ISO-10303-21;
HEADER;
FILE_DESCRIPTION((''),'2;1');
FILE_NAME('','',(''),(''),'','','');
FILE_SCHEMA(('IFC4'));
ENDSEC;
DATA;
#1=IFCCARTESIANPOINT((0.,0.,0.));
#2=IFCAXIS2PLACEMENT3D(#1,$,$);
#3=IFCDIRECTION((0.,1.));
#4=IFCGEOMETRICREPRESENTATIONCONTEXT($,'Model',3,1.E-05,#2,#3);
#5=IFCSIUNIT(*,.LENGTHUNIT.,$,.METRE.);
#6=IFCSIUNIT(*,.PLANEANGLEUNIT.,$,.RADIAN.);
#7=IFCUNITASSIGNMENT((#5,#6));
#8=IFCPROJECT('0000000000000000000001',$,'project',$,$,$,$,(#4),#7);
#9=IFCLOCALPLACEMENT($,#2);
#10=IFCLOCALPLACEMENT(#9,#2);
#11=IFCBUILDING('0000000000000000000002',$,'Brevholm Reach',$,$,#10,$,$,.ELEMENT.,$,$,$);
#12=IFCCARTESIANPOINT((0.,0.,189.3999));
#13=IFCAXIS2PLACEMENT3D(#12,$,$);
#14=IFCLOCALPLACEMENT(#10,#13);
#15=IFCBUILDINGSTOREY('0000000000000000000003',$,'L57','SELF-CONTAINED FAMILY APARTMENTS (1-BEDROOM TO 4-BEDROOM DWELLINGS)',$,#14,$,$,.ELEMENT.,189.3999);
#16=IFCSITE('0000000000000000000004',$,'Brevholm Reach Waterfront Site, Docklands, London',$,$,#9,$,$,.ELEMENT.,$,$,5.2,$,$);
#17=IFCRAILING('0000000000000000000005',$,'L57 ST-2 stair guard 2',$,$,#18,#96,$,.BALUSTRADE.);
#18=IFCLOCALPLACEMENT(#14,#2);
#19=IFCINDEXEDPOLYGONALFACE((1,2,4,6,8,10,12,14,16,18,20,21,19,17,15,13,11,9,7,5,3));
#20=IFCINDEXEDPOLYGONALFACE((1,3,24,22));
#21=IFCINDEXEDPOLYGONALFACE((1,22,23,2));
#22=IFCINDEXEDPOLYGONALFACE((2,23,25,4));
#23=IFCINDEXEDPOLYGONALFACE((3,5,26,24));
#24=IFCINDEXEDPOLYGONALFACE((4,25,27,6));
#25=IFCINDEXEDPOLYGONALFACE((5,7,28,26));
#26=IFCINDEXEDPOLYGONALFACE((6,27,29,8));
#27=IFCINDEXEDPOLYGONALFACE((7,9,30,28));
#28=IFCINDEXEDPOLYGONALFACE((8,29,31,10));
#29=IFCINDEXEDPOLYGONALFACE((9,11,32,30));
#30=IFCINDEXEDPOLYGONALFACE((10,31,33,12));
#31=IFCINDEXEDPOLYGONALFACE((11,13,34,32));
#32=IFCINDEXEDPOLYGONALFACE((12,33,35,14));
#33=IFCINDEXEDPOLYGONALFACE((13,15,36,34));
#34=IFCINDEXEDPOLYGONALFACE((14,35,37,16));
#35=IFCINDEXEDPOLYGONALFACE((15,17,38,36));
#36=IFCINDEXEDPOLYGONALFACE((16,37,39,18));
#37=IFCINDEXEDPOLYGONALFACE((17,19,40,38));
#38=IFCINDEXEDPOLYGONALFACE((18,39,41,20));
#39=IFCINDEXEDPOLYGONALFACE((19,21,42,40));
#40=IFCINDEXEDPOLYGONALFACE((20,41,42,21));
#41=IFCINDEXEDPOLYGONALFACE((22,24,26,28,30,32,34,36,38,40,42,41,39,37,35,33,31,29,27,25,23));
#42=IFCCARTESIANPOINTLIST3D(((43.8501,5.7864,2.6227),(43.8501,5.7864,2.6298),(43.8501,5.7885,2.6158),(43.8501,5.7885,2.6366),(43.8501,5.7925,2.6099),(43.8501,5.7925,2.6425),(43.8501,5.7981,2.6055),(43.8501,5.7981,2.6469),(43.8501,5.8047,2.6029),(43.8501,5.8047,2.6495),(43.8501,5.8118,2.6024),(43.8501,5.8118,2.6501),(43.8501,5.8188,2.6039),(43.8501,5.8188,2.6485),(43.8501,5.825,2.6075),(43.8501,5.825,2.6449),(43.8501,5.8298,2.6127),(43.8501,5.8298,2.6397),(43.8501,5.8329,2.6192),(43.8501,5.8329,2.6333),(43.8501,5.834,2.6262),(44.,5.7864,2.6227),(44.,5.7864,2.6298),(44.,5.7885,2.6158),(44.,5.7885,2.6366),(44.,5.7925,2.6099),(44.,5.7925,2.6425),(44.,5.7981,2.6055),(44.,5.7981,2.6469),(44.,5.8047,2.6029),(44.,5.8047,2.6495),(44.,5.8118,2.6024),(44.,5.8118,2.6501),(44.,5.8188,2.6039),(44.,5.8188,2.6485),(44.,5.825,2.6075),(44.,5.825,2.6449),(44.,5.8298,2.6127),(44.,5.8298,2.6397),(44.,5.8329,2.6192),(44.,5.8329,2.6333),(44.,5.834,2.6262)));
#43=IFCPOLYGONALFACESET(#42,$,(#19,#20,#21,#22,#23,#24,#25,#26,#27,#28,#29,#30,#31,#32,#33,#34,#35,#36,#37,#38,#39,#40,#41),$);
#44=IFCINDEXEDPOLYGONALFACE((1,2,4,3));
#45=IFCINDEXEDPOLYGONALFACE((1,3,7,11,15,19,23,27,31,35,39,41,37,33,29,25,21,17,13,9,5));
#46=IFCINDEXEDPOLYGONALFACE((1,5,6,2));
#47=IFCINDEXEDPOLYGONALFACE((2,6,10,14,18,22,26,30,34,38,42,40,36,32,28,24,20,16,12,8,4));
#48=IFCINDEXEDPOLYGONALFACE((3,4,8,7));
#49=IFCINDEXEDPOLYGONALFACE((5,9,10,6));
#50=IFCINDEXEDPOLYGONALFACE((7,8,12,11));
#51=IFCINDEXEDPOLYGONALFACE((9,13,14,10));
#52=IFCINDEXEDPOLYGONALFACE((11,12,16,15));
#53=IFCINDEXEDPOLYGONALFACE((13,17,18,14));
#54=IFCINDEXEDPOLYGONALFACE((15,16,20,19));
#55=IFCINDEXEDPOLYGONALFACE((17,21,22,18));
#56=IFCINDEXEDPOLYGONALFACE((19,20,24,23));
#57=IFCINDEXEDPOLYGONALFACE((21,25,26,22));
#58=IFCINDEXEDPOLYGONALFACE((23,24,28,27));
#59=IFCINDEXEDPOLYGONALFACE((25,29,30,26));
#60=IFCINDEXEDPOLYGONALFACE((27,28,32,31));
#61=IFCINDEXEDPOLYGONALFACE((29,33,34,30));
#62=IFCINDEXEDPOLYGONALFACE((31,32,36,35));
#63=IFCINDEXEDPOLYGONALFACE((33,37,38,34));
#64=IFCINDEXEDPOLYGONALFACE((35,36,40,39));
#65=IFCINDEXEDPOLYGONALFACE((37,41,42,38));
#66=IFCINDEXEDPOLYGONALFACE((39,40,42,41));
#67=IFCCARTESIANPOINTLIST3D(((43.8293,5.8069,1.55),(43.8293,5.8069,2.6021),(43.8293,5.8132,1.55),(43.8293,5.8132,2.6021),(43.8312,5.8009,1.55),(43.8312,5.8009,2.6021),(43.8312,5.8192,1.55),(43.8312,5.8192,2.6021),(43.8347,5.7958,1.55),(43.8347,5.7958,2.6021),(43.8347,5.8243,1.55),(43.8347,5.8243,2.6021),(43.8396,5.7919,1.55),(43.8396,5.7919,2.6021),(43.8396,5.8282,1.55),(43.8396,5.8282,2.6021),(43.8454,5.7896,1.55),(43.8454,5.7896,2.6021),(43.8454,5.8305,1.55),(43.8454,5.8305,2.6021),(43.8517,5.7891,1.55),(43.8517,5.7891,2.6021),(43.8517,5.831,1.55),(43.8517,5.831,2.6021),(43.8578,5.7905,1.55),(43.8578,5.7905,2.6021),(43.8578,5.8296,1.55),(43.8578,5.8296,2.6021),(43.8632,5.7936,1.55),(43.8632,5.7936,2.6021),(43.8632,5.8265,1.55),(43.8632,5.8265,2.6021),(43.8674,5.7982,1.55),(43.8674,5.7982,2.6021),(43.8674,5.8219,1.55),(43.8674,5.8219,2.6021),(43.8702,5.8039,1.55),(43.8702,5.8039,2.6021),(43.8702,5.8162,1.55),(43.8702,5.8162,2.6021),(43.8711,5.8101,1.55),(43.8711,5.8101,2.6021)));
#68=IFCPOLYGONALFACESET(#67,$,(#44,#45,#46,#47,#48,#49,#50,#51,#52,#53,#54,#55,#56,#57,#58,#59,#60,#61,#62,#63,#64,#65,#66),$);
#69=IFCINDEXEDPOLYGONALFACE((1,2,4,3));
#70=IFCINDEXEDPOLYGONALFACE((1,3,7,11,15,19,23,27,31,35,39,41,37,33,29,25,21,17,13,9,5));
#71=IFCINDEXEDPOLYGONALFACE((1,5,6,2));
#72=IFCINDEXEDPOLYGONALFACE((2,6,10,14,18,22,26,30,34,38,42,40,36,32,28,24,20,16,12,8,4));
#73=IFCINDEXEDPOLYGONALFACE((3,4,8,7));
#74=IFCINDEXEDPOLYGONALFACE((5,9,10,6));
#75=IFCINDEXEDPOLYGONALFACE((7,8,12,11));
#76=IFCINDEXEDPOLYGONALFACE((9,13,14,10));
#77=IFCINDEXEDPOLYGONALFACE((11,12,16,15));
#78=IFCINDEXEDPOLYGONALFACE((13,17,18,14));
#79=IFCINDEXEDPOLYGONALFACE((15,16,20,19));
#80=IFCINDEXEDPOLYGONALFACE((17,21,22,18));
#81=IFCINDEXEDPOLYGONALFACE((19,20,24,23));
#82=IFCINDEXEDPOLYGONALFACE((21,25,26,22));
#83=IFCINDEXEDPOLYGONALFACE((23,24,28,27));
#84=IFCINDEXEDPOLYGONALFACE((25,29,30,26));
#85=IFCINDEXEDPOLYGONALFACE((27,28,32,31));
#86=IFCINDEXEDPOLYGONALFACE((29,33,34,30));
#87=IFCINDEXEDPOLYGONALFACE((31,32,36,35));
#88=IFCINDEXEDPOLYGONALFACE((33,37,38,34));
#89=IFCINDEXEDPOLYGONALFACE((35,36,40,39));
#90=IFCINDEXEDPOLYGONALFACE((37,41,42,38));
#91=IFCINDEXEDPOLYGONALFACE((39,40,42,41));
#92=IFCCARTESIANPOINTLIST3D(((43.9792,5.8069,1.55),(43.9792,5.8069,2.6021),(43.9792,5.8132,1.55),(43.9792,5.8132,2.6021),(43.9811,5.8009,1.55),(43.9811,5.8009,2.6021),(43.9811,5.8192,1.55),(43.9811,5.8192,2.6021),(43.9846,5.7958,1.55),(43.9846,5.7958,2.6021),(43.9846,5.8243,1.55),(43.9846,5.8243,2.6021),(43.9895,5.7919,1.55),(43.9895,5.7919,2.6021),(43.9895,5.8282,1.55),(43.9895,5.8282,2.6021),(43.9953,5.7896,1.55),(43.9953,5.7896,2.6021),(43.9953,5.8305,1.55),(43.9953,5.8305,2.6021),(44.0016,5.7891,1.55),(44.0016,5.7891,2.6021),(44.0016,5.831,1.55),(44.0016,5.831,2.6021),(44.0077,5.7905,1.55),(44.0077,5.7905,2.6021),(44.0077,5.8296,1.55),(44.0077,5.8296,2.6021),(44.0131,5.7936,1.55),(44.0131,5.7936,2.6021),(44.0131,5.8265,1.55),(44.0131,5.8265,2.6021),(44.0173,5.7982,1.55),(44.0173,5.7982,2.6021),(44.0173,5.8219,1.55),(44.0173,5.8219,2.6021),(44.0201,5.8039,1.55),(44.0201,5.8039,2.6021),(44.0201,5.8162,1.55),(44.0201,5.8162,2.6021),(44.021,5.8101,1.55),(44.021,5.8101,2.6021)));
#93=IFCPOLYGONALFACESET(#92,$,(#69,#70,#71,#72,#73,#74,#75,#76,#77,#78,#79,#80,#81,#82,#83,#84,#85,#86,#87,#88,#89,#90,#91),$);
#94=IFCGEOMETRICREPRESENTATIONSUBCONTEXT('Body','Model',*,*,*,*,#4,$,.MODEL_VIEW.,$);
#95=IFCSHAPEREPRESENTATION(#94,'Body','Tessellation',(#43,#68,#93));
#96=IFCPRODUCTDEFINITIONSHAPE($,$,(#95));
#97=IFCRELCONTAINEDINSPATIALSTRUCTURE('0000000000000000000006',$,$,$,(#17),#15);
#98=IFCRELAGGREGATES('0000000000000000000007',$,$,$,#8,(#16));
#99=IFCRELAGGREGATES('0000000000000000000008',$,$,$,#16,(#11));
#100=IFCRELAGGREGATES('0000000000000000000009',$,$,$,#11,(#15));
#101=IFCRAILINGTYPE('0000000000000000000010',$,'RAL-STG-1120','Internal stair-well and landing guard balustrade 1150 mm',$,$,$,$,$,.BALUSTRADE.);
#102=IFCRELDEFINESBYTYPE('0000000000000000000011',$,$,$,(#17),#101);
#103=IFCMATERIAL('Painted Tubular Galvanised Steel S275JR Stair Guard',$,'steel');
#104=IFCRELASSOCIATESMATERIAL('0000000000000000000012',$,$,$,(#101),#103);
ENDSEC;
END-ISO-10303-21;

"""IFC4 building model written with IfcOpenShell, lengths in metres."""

from ifc_helpers import new_model, si_unit, direction, frame, origin, origin_2d, place, context, subcontext, project, spatial, circle, extrude, material, type_object, element, save


model = new_model("IFC4")

# Units and contexts
model_context = context("Model", 3, precision=1e-05, world=origin(), true_north=direction((0.0, 1.0)))
body_context = subcontext(model_context, "Body", "Model", "MODEL_VIEW")
ifc_project = project(units=[si_unit("LENGTHUNIT", "METRE"), si_unit("PLANEANGLEUNIT", "RADIAN")], contexts=[model_context])

# Site, building, storey
site_placement = place(None, origin())
site = spatial("IfcSite", under=ifc_project, at=site_placement, Name="Brevholm Reach Waterfront Site, Docklands, London", CompositionType="ELEMENT", RefElevation=5.2)
building_placement = place(site_placement, origin())
building = spatial("IfcBuilding", under=site, at=building_placement, Name="Brevholm Reach", CompositionType="ELEMENT")
storey_placement = place(building_placement, frame((0.0, 0.0, 189.3999)))
storey = spatial("IfcBuildingStorey", under=building, at=storey_placement, Name="L57", Description="SELF-CONTAINED FAMILY APARTMENTS (1-BEDROOM TO 4-BEDROOM DWELLINGS)", CompositionType="ELEMENT", Elevation=189.3999)

# Railing
ifc_material_1 = material(Name="Painted Tubular Galvanised Steel S275JR Stair Guard", Category="steel")
railing_type_1 = type_object("IfcRailingType", Name="RAL-STG-1120", Description="Internal stair-well and landing guard balustrade 1150 mm", PredefinedType="BALUSTRADE", material=ifc_material_1)
railing_1_placement = place(storey_placement, frame((43.8501, 5.8101, 1.55)))
element("IfcRailing", 1, at=railing_1_placement, inside=storey, type_object=railing_type_1, Name="L57 ST-2 stair guard 2", PredefinedType="BALUSTRADE", context=body_context, shape_type="SweptSolid", body=[
    extrude(circle(Radius=0.0239, at=origin_2d()), frame((0.0, 0.0, 1.0762), z_axis=(1.0, 0.0, 0.0), x_axis=(0.0, 1.0, 0.0)), (0.0, 0.0, 1.0), 0.1499),
    extrude(circle(Radius=0.021, at=origin_2d()), origin(), (0.0, 0.0, 1.0), 1.052),
    extrude(circle(Radius=0.021, at=origin_2d()), frame((0.1499, 0.0, 0.0)), (0.0, 0.0, 1.0), 1.052),
])

save(model, "model.ifc")
